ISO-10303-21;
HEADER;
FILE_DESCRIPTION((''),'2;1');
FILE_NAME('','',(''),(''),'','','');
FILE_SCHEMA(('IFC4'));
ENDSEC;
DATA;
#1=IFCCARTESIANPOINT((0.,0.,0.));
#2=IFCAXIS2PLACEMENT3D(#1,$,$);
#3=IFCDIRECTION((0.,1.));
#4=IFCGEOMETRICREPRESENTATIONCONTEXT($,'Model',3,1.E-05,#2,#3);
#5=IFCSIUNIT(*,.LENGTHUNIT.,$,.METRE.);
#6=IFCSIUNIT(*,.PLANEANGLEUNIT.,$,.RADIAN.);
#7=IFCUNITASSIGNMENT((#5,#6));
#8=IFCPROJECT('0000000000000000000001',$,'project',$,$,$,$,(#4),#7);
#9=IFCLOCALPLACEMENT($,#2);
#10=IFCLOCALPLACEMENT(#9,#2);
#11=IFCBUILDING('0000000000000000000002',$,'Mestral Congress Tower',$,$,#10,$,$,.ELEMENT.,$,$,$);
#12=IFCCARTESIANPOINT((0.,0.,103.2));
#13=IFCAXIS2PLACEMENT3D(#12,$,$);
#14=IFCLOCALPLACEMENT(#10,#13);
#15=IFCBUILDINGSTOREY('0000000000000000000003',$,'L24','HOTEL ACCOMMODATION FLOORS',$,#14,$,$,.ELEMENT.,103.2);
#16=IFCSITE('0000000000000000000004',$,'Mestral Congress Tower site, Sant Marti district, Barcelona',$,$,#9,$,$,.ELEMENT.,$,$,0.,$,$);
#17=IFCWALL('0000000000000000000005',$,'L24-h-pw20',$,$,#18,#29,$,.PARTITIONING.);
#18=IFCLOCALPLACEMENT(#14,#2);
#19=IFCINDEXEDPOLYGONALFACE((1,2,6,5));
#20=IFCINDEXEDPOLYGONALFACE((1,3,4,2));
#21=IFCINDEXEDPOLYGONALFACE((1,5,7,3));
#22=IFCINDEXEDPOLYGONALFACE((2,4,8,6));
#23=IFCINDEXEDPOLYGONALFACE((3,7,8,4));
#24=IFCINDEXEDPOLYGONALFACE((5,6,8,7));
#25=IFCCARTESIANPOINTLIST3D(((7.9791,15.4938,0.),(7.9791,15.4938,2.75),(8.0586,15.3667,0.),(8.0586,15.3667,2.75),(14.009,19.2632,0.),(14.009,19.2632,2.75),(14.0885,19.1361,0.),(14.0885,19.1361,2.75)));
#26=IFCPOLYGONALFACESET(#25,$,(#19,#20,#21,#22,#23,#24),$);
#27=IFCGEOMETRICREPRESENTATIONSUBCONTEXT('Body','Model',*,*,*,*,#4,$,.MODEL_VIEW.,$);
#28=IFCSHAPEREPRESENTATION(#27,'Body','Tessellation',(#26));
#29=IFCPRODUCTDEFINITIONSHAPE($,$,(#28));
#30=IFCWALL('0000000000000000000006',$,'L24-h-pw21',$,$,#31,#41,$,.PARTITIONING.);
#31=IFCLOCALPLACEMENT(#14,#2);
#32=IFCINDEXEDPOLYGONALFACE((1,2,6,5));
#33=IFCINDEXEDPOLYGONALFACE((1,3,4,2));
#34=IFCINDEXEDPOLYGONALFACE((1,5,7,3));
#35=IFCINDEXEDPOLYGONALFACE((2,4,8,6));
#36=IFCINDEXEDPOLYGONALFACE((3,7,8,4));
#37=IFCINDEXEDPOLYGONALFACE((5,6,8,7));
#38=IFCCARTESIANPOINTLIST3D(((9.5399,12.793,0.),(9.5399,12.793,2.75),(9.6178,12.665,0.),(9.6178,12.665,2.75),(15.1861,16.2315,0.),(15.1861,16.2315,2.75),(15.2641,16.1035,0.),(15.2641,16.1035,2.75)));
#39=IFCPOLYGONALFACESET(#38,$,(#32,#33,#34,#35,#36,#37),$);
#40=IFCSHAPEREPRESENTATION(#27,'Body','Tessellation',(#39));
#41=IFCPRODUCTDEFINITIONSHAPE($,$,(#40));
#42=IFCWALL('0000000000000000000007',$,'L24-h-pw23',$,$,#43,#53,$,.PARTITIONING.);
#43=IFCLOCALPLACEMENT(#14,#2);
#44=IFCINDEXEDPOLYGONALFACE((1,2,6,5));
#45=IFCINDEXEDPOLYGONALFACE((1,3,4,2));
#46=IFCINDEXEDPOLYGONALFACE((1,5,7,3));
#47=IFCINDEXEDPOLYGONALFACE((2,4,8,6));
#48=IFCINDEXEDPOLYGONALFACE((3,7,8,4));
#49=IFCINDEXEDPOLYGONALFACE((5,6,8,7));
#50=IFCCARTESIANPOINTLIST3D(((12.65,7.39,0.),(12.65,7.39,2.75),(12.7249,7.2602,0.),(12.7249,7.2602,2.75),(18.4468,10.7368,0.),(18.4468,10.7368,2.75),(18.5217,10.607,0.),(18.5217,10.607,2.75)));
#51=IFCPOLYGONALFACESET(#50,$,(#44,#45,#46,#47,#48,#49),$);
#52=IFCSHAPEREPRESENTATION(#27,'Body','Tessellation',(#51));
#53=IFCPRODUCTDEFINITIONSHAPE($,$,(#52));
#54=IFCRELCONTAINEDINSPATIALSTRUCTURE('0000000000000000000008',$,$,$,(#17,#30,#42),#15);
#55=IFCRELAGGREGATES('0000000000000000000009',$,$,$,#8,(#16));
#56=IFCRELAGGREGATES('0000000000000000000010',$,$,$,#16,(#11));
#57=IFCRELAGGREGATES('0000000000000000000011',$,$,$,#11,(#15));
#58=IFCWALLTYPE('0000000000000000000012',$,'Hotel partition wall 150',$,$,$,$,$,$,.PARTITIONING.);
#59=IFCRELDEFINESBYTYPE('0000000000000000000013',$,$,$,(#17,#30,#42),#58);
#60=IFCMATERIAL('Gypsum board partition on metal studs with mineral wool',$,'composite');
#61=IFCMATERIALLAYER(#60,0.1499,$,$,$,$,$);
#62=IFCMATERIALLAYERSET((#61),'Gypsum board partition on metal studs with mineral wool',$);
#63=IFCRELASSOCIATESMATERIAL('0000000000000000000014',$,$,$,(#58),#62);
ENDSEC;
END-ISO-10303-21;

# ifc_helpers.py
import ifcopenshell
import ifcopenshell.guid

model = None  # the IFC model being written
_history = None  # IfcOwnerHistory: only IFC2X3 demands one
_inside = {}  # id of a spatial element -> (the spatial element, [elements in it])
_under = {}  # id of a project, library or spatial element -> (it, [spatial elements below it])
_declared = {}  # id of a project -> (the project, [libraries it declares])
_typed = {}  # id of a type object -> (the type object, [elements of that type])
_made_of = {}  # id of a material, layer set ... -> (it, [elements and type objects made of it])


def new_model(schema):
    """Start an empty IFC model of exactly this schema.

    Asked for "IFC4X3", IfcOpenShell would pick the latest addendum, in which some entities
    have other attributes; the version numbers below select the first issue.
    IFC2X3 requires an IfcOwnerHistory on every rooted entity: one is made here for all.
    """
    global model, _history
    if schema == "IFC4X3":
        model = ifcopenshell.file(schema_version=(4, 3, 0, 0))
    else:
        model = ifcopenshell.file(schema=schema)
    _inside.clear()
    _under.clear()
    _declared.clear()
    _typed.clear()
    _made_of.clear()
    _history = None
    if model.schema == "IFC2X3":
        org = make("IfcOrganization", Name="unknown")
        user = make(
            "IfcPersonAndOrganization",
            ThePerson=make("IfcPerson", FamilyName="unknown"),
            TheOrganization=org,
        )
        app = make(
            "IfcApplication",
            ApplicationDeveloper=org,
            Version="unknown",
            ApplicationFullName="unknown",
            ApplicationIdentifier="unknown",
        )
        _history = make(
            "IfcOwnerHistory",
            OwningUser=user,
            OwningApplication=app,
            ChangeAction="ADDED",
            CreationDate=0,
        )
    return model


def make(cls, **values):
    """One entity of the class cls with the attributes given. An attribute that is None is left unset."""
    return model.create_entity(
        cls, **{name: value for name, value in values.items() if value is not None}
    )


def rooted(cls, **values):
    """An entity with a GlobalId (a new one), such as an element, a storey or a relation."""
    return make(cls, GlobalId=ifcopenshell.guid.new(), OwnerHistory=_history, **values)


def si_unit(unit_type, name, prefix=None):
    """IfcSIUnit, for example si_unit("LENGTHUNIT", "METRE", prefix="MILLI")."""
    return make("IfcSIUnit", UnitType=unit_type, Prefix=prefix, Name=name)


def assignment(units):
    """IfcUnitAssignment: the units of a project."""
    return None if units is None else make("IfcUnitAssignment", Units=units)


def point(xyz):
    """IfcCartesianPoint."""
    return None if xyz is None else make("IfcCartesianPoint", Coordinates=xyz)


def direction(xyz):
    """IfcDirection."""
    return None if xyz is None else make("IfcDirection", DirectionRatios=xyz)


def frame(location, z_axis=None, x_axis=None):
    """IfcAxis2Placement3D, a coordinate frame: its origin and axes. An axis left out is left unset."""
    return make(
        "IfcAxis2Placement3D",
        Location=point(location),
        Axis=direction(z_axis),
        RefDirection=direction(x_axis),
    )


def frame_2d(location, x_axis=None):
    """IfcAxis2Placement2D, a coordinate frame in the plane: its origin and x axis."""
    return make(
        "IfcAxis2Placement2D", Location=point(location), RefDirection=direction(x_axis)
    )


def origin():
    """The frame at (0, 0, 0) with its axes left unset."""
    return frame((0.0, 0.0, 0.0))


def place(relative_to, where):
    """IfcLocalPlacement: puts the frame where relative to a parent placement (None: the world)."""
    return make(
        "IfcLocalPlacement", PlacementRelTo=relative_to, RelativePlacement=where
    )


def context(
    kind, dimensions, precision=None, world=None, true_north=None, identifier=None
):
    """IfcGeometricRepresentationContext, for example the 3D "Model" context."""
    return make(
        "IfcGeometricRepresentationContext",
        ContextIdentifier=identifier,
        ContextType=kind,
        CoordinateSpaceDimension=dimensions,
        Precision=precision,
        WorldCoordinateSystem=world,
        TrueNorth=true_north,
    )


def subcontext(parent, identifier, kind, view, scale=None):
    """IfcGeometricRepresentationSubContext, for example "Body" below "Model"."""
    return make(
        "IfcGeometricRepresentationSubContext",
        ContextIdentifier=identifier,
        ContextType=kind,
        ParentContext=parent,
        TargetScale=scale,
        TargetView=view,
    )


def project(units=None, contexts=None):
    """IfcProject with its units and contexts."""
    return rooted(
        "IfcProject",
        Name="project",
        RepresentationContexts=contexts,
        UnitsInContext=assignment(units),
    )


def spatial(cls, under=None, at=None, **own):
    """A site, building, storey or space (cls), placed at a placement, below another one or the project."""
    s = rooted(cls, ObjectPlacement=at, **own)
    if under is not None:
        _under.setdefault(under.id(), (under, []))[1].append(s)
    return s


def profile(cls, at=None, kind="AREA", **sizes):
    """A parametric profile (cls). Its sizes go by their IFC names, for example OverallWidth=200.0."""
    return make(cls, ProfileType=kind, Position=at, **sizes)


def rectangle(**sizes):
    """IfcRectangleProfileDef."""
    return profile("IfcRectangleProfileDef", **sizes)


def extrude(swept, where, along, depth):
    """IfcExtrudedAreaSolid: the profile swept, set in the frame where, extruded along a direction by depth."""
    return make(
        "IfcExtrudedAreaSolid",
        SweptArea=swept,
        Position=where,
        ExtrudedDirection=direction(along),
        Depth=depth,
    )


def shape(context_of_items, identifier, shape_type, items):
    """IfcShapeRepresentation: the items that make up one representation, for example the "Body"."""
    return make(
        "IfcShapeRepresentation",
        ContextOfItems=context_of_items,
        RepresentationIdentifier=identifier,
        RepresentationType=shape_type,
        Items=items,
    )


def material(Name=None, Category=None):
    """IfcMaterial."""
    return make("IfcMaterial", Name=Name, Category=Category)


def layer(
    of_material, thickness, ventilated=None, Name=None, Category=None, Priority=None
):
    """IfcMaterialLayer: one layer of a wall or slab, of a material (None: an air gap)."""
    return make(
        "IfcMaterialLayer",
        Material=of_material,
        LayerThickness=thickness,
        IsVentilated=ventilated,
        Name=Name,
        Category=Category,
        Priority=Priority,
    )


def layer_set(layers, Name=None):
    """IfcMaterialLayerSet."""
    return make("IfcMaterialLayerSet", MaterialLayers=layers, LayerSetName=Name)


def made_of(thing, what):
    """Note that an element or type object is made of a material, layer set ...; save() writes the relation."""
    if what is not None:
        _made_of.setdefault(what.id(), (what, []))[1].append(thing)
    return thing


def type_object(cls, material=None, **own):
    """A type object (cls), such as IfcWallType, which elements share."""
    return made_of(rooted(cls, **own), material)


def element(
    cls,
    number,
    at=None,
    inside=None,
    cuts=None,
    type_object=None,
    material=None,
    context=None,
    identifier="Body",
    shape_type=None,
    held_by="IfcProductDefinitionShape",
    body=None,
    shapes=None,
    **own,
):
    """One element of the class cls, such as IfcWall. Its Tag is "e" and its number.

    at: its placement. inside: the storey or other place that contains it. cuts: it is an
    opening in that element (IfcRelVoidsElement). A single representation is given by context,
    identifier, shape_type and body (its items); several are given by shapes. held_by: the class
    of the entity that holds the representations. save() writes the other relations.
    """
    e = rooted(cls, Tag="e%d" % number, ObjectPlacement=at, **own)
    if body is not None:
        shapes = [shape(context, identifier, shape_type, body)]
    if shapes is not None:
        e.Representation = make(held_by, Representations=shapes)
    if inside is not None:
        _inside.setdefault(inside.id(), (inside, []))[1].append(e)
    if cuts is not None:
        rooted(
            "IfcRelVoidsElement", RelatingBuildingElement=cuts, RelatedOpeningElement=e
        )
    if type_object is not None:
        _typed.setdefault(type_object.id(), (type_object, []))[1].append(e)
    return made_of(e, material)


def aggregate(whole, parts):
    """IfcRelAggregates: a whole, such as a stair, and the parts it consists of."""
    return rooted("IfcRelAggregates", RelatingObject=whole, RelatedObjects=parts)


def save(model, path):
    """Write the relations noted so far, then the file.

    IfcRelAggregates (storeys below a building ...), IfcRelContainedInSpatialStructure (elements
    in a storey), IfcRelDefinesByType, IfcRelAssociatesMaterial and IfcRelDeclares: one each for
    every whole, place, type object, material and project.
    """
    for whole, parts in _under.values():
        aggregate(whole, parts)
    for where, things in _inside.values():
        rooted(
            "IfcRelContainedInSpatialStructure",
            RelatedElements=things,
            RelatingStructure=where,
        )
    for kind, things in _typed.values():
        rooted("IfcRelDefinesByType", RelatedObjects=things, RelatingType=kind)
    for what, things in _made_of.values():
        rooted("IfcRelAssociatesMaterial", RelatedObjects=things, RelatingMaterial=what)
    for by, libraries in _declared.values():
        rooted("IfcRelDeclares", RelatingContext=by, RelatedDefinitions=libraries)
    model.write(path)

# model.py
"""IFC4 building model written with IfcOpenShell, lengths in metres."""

from ifc_helpers import new_model, si_unit, direction, frame, frame_2d, origin, place, context, subcontext, project, spatial, rectangle, extrude, material, layer, layer_set, type_object, element, save


model = new_model("IFC4")

# Units and contexts
model_context = context("Model", 3, precision=1e-05, world=origin(), true_north=direction((0.0, 1.0)))
body_context = subcontext(model_context, "Body", "Model", "MODEL_VIEW")
ifc_project = project(units=[si_unit("LENGTHUNIT", "METRE"), si_unit("PLANEANGLEUNIT", "RADIAN")], contexts=[model_context])

# Site, building, storey
site_placement = place(None, origin())
site = spatial("IfcSite", under=ifc_project, at=site_placement, Name="Mestral Congress Tower site, Sant Marti district, Barcelona", CompositionType="ELEMENT", RefElevation=0.0)
building_placement = place(site_placement, origin())
building = spatial("IfcBuilding", under=site, at=building_placement, Name="Mestral Congress Tower", CompositionType="ELEMENT")
storey_placement = place(building_placement, frame((0.0, 0.0, 103.2)))
storey = spatial("IfcBuildingStorey", under=building, at=storey_placement, Name="L24", Description="HOTEL ACCOMMODATION FLOORS", CompositionType="ELEMENT", Elevation=103.2)

# Walls
ifc_material_1 = material(Name="Gypsum board partition on metal studs with mineral wool", Category="composite")
ifc_layer_1 = layer(ifc_material_1, 0.1499)
ifc_layer_set_1 = layer_set([ifc_layer_1], Name="Gypsum board partition on metal studs with mineral wool")
wall_type_1 = type_object("IfcWallType", Name="Hotel partition wall 150", PredefinedType="PARTITIONING", material=ifc_layer_set_1)
wall_1_placement = place(storey_placement, frame((14.0488, 19.1997, 0.0), z_axis=(0.0, 0.0, 1.0), x_axis=(-0.847956, -0.530067, 0.0)))
element("IfcWall", 1, at=wall_1_placement, inside=storey, type_object=wall_type_1, Name="L24-h-pw20", PredefinedType="PARTITIONING", context=body_context, shape_type="SweptSolid", body=[
    extrude(rectangle(XDim=7.1111, YDim=0.1499, at=frame_2d((3.5557, 0.0))), origin(), (0.0, 0.0, 1.0), 2.75),
])
wall_2_placement = place(storey_placement, frame((15.2251, 16.1675, 0.0), z_axis=(0.0, 0.0, 1.0), x_axis=(-0.854089, -0.520127, 0.0)))
element("IfcWall", 2, at=wall_2_placement, inside=storey, type_object=wall_type_1, Name="L24-h-pw21", PredefinedType="PARTITIONING", context=body_context, shape_type="SweptSolid", body=[
    extrude(rectangle(XDim=6.6108, YDim=0.1499, at=frame_2d((3.3054, 0.0))), origin(), (0.0, 0.0, 1.0), 2.75),
])
wall_3_placement = place(storey_placement, frame((18.4841, 10.6719, 0.0), z_axis=(0.0, 0.0, 1.0), x_axis=(-0.866019, -0.500011, 0.0)))
element("IfcWall", 3, at=wall_3_placement, inside=storey, type_object=wall_type_1, Name="L24-h-pw23", PredefinedType="PARTITIONING", context=body_context, shape_type="SweptSolid", body=[
    extrude(rectangle(XDim=6.6936, YDim=0.1499, at=frame_2d((3.3467, 0.0))), origin(), (0.0, 0.0, 1.0), 2.75),
])

save(model, "model.ifc")
